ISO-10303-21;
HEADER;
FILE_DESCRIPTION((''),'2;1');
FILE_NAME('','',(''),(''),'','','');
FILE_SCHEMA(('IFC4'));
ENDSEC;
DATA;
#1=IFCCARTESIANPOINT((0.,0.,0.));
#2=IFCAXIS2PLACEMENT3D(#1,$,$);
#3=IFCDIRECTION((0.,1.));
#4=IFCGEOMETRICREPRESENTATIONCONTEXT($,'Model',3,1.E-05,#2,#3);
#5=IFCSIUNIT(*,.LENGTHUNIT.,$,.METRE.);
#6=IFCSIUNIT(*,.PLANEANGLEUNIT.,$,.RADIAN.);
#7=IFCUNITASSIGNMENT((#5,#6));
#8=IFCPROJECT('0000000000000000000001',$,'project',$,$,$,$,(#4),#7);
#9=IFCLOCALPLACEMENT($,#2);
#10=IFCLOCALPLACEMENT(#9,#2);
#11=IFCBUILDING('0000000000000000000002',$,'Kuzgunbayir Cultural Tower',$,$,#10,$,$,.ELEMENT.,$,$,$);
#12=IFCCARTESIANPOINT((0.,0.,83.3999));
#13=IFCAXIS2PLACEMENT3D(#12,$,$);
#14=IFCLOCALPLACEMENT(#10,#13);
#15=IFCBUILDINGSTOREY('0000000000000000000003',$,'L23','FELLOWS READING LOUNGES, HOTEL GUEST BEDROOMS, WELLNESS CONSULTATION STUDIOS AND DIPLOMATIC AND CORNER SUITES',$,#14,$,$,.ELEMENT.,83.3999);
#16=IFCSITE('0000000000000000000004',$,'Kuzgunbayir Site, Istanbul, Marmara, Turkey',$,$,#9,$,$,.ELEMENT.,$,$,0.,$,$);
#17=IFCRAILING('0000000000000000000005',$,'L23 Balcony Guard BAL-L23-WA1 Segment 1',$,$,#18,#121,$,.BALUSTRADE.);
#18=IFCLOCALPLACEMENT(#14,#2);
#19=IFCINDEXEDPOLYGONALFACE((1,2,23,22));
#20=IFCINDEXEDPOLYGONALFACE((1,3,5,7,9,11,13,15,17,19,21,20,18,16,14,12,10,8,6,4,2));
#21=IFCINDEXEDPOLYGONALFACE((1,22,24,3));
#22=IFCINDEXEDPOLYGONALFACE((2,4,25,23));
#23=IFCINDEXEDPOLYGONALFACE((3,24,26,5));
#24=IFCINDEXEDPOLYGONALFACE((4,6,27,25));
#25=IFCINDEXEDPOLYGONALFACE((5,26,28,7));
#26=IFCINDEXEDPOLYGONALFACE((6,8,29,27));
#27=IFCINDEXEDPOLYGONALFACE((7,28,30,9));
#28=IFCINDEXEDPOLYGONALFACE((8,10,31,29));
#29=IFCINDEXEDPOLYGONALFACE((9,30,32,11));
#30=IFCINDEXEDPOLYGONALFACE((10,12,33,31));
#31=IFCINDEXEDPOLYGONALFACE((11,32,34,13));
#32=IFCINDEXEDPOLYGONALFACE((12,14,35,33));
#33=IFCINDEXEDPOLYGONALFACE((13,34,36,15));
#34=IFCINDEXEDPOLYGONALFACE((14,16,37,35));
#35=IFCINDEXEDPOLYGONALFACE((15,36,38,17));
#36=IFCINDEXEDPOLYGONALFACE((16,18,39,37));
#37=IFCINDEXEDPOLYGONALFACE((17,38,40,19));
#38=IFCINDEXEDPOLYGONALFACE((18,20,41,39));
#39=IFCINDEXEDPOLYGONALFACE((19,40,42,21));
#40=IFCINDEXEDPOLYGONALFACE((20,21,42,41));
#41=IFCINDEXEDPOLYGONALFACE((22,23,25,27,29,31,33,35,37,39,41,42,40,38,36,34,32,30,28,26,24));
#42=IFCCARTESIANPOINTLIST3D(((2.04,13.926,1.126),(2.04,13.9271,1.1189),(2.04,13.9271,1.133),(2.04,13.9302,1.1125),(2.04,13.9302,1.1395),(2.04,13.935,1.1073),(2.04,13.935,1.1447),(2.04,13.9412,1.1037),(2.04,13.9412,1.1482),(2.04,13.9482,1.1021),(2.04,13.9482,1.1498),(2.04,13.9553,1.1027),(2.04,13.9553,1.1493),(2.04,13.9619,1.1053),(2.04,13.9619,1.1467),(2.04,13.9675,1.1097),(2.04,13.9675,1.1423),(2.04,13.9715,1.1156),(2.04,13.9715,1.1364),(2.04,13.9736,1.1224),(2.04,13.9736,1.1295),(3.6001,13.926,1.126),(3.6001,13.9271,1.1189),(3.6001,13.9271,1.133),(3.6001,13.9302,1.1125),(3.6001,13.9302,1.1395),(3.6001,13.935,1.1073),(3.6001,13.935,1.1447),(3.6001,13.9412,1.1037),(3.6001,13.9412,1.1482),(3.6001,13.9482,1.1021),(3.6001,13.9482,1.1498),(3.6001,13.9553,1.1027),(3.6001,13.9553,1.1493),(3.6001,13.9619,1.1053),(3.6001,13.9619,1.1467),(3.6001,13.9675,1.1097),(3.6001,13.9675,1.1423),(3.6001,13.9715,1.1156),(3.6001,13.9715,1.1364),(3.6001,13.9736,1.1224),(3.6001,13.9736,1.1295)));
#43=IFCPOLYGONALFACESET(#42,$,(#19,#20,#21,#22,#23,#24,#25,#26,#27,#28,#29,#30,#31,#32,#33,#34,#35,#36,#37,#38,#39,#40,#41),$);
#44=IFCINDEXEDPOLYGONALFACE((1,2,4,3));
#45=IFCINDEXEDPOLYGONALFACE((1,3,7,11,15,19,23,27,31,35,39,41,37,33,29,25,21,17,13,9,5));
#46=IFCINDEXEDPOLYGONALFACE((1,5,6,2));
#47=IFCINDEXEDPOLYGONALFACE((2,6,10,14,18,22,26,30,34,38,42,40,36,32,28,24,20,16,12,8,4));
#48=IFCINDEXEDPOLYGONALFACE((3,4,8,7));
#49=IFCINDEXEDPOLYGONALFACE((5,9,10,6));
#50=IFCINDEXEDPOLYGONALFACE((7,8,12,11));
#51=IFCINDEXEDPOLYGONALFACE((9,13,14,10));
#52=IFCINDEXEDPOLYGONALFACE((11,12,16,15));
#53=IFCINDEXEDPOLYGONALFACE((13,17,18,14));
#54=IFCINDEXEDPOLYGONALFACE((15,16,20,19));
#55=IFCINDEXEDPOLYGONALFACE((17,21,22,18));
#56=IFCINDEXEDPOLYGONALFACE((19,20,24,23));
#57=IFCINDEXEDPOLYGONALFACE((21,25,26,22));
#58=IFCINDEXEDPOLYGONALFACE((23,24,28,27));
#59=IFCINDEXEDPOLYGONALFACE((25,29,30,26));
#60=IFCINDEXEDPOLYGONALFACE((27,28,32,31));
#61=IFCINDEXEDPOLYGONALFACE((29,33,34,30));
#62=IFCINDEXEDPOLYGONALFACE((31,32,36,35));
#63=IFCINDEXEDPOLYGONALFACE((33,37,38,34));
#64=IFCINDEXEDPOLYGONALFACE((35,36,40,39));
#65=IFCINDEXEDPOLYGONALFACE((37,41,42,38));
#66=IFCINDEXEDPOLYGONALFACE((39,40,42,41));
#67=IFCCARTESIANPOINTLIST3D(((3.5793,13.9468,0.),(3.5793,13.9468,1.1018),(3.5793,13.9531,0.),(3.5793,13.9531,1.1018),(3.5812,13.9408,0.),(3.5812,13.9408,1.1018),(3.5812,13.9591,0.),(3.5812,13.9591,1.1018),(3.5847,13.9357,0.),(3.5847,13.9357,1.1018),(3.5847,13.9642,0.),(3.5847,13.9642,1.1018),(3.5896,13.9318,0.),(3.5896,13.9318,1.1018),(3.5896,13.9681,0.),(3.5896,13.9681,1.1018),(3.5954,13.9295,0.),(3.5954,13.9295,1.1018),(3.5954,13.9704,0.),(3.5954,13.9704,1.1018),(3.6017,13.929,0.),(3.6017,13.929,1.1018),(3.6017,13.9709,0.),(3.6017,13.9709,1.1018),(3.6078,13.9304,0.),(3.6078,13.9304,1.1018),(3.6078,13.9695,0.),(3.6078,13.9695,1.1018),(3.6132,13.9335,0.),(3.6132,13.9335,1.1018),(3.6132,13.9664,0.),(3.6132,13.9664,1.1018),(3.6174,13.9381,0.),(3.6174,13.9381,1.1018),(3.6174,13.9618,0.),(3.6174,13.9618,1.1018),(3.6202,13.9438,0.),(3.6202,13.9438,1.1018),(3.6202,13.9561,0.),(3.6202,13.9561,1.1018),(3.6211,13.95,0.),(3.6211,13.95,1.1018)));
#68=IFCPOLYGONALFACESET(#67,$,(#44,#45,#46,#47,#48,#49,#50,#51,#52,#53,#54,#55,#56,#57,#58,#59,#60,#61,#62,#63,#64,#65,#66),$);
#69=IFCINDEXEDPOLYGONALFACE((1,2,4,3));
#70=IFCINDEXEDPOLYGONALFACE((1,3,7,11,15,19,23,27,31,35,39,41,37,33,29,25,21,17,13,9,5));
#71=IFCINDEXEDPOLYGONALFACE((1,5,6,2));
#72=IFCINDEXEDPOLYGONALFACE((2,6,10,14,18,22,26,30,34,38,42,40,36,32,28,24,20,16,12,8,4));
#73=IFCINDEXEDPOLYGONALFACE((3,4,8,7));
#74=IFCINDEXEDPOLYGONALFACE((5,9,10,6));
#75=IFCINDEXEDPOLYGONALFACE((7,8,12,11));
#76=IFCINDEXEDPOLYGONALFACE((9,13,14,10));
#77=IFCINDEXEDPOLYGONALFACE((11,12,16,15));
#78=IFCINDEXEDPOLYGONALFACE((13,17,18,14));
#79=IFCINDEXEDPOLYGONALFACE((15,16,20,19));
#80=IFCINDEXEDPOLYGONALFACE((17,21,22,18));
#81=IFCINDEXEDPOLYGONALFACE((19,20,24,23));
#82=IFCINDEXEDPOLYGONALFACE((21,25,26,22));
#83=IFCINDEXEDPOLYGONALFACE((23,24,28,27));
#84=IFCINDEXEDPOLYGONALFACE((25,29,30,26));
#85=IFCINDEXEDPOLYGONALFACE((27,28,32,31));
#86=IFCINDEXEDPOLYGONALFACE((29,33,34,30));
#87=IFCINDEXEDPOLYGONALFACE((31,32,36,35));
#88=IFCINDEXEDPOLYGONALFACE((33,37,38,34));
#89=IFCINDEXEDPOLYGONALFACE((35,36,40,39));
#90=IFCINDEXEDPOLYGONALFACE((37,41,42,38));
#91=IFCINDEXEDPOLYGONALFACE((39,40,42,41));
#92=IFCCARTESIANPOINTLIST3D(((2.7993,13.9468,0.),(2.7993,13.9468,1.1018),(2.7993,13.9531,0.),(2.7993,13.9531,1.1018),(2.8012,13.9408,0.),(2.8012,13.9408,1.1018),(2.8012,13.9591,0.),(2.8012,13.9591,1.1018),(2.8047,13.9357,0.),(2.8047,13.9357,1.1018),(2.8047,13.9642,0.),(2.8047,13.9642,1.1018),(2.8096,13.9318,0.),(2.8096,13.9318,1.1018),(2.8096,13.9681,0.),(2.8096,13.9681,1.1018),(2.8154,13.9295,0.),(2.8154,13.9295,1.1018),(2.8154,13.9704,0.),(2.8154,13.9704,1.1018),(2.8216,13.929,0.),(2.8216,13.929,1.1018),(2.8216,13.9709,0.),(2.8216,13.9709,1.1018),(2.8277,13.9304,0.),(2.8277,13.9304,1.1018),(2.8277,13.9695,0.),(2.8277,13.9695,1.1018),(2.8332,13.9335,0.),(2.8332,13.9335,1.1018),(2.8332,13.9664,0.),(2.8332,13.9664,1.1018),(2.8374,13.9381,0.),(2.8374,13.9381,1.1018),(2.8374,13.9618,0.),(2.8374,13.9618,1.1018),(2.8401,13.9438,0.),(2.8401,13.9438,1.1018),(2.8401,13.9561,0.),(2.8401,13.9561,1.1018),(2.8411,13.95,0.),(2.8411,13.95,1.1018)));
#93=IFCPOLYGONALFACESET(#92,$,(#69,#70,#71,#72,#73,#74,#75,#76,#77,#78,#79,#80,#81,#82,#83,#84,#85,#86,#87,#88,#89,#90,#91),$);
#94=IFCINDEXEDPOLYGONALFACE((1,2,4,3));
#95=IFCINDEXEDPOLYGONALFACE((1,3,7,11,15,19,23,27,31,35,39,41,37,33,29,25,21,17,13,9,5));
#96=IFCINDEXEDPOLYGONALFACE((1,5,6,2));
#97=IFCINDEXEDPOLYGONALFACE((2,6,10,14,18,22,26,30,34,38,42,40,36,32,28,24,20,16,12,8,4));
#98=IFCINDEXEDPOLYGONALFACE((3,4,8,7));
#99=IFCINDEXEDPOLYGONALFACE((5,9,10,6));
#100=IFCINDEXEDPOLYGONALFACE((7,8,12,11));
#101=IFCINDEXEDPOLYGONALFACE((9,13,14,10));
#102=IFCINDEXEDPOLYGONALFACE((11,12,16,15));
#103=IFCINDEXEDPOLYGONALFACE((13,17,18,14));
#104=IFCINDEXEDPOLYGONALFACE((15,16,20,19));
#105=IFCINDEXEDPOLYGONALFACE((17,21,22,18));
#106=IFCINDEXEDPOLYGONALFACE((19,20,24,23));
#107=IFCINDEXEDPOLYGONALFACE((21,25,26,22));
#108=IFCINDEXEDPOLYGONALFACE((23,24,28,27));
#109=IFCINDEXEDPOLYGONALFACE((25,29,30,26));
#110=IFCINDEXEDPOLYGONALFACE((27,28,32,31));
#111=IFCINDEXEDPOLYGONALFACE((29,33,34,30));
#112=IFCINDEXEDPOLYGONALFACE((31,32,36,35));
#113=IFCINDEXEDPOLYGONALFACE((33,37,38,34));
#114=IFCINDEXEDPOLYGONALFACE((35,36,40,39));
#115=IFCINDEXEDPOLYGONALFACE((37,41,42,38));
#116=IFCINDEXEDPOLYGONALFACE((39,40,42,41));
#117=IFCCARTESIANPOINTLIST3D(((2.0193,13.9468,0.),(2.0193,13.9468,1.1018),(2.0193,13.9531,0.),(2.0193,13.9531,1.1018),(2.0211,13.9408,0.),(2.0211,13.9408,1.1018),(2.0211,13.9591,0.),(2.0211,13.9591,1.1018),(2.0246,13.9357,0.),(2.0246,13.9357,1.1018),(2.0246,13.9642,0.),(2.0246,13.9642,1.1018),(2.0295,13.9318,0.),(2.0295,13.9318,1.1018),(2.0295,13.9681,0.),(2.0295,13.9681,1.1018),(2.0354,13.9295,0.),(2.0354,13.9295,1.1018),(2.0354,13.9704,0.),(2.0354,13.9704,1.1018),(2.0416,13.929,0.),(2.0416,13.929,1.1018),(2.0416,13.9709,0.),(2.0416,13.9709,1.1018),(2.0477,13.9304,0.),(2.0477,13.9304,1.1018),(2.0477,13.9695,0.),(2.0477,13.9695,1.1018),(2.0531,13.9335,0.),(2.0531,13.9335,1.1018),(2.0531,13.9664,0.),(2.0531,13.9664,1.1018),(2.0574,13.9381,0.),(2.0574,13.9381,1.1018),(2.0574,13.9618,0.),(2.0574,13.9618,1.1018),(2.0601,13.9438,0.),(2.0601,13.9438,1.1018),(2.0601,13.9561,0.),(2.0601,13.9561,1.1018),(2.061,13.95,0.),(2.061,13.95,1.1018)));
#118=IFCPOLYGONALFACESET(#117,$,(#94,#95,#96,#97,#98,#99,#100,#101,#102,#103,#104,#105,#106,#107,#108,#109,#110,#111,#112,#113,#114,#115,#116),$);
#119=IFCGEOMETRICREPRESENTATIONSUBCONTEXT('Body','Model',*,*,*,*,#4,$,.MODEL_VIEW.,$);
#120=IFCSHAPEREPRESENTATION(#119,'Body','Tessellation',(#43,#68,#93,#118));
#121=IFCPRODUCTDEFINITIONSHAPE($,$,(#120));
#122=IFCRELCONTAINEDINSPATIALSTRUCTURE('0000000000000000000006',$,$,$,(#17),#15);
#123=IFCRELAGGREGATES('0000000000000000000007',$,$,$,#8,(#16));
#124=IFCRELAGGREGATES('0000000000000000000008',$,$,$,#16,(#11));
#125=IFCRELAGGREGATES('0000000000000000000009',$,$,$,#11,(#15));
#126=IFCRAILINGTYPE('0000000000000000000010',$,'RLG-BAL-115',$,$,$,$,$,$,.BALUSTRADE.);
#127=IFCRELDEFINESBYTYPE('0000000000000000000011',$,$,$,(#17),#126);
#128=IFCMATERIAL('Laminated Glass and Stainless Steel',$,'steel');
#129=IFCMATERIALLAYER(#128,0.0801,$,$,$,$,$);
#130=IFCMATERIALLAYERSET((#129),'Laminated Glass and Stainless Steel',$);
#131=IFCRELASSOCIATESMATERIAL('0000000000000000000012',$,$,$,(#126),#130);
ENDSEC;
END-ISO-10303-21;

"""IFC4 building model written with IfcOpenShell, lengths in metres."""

from ifc_helpers import new_model, si_unit, direction, frame, origin, origin_2d, place, context, subcontext, project, spatial, circle, extrude, material, layer, layer_set, type_object, element, save


model = new_model("IFC4")

# Units and contexts
model_context = context("Model", 3, precision=1e-05, world=origin(), true_north=direction((0.0, 1.0)))
body_context = subcontext(model_context, "Body", "Model", "MODEL_VIEW")
ifc_project = project(units=[si_unit("LENGTHUNIT", "METRE"), si_unit("PLANEANGLEUNIT", "RADIAN")], contexts=[model_context])

# Site, building, storey
site_placement = place(None, origin())
site = spatial("IfcSite", under=ifc_project, at=site_placement, Name="Kuzgunbayir Site, Istanbul, Marmara, Turkey", CompositionType="ELEMENT", RefElevation=0.0)
building_placement = place(site_placement, origin())
building = spatial("IfcBuilding", under=site, at=building_placement, Name="Kuzgunbayir Cultural Tower", CompositionType="ELEMENT")
storey_placement = place(building_placement, frame((0.0, 0.0, 83.3999)))
storey = spatial("IfcBuildingStorey", under=building, at=storey_placement, Name="L23", Description="FELLOWS READING LOUNGES, HOTEL GUEST BEDROOMS, WELLNESS CONSULTATION STUDIOS AND DIPLOMATIC AND CORNER SUITES", CompositionType="ELEMENT", Elevation=83.3999)

# Railing
ifc_material_1 = material(Name="Laminated Glass and Stainless Steel", Category="steel")
ifc_layer_1 = layer(ifc_material_1, 0.0801)
ifc_layer_set_1 = layer_set([ifc_layer_1], Name="Laminated Glass and Stainless Steel")
railing_type = type_object("IfcRailingType", Name="RLG-BAL-115", PredefinedType="BALUSTRADE", material=ifc_layer_set_1)
railing_1_placement = place(storey_placement, frame((3.6001, 13.95, 0.0)))
element("IfcRailing", 1, at=railing_1_placement, inside=storey, type_object=railing_type, Name="L23 Balcony Guard BAL-L23-WA1 Segment 1", PredefinedType="BALUSTRADE", context=body_context, shape_type="SweptSolid", body=[
    extrude(circle(Radius=0.0239, at=origin_2d()), frame((0.0, 0.0, 1.126), z_axis=(-1.0, 0.0, 0.0), x_axis=(0.0, -1.0, 0.0)), (0.0, 0.0, 1.0), 1.5601),
    extrude(circle(Radius=0.021, at=origin_2d()), origin(), (0.0, 0.0, 1.0), 1.1018),
    extrude(circle(Radius=0.021, at=origin_2d()), frame((-0.78, 0.0, 0.0)), (0.0, 0.0, 1.0), 1.1018),
    extrude(circle(Radius=0.021, at=origin_2d()), frame((-1.5601, 0.0, 0.0)), (0.0, 0.0, 1.0), 1.1018),
])

save(model, "model.ifc")
